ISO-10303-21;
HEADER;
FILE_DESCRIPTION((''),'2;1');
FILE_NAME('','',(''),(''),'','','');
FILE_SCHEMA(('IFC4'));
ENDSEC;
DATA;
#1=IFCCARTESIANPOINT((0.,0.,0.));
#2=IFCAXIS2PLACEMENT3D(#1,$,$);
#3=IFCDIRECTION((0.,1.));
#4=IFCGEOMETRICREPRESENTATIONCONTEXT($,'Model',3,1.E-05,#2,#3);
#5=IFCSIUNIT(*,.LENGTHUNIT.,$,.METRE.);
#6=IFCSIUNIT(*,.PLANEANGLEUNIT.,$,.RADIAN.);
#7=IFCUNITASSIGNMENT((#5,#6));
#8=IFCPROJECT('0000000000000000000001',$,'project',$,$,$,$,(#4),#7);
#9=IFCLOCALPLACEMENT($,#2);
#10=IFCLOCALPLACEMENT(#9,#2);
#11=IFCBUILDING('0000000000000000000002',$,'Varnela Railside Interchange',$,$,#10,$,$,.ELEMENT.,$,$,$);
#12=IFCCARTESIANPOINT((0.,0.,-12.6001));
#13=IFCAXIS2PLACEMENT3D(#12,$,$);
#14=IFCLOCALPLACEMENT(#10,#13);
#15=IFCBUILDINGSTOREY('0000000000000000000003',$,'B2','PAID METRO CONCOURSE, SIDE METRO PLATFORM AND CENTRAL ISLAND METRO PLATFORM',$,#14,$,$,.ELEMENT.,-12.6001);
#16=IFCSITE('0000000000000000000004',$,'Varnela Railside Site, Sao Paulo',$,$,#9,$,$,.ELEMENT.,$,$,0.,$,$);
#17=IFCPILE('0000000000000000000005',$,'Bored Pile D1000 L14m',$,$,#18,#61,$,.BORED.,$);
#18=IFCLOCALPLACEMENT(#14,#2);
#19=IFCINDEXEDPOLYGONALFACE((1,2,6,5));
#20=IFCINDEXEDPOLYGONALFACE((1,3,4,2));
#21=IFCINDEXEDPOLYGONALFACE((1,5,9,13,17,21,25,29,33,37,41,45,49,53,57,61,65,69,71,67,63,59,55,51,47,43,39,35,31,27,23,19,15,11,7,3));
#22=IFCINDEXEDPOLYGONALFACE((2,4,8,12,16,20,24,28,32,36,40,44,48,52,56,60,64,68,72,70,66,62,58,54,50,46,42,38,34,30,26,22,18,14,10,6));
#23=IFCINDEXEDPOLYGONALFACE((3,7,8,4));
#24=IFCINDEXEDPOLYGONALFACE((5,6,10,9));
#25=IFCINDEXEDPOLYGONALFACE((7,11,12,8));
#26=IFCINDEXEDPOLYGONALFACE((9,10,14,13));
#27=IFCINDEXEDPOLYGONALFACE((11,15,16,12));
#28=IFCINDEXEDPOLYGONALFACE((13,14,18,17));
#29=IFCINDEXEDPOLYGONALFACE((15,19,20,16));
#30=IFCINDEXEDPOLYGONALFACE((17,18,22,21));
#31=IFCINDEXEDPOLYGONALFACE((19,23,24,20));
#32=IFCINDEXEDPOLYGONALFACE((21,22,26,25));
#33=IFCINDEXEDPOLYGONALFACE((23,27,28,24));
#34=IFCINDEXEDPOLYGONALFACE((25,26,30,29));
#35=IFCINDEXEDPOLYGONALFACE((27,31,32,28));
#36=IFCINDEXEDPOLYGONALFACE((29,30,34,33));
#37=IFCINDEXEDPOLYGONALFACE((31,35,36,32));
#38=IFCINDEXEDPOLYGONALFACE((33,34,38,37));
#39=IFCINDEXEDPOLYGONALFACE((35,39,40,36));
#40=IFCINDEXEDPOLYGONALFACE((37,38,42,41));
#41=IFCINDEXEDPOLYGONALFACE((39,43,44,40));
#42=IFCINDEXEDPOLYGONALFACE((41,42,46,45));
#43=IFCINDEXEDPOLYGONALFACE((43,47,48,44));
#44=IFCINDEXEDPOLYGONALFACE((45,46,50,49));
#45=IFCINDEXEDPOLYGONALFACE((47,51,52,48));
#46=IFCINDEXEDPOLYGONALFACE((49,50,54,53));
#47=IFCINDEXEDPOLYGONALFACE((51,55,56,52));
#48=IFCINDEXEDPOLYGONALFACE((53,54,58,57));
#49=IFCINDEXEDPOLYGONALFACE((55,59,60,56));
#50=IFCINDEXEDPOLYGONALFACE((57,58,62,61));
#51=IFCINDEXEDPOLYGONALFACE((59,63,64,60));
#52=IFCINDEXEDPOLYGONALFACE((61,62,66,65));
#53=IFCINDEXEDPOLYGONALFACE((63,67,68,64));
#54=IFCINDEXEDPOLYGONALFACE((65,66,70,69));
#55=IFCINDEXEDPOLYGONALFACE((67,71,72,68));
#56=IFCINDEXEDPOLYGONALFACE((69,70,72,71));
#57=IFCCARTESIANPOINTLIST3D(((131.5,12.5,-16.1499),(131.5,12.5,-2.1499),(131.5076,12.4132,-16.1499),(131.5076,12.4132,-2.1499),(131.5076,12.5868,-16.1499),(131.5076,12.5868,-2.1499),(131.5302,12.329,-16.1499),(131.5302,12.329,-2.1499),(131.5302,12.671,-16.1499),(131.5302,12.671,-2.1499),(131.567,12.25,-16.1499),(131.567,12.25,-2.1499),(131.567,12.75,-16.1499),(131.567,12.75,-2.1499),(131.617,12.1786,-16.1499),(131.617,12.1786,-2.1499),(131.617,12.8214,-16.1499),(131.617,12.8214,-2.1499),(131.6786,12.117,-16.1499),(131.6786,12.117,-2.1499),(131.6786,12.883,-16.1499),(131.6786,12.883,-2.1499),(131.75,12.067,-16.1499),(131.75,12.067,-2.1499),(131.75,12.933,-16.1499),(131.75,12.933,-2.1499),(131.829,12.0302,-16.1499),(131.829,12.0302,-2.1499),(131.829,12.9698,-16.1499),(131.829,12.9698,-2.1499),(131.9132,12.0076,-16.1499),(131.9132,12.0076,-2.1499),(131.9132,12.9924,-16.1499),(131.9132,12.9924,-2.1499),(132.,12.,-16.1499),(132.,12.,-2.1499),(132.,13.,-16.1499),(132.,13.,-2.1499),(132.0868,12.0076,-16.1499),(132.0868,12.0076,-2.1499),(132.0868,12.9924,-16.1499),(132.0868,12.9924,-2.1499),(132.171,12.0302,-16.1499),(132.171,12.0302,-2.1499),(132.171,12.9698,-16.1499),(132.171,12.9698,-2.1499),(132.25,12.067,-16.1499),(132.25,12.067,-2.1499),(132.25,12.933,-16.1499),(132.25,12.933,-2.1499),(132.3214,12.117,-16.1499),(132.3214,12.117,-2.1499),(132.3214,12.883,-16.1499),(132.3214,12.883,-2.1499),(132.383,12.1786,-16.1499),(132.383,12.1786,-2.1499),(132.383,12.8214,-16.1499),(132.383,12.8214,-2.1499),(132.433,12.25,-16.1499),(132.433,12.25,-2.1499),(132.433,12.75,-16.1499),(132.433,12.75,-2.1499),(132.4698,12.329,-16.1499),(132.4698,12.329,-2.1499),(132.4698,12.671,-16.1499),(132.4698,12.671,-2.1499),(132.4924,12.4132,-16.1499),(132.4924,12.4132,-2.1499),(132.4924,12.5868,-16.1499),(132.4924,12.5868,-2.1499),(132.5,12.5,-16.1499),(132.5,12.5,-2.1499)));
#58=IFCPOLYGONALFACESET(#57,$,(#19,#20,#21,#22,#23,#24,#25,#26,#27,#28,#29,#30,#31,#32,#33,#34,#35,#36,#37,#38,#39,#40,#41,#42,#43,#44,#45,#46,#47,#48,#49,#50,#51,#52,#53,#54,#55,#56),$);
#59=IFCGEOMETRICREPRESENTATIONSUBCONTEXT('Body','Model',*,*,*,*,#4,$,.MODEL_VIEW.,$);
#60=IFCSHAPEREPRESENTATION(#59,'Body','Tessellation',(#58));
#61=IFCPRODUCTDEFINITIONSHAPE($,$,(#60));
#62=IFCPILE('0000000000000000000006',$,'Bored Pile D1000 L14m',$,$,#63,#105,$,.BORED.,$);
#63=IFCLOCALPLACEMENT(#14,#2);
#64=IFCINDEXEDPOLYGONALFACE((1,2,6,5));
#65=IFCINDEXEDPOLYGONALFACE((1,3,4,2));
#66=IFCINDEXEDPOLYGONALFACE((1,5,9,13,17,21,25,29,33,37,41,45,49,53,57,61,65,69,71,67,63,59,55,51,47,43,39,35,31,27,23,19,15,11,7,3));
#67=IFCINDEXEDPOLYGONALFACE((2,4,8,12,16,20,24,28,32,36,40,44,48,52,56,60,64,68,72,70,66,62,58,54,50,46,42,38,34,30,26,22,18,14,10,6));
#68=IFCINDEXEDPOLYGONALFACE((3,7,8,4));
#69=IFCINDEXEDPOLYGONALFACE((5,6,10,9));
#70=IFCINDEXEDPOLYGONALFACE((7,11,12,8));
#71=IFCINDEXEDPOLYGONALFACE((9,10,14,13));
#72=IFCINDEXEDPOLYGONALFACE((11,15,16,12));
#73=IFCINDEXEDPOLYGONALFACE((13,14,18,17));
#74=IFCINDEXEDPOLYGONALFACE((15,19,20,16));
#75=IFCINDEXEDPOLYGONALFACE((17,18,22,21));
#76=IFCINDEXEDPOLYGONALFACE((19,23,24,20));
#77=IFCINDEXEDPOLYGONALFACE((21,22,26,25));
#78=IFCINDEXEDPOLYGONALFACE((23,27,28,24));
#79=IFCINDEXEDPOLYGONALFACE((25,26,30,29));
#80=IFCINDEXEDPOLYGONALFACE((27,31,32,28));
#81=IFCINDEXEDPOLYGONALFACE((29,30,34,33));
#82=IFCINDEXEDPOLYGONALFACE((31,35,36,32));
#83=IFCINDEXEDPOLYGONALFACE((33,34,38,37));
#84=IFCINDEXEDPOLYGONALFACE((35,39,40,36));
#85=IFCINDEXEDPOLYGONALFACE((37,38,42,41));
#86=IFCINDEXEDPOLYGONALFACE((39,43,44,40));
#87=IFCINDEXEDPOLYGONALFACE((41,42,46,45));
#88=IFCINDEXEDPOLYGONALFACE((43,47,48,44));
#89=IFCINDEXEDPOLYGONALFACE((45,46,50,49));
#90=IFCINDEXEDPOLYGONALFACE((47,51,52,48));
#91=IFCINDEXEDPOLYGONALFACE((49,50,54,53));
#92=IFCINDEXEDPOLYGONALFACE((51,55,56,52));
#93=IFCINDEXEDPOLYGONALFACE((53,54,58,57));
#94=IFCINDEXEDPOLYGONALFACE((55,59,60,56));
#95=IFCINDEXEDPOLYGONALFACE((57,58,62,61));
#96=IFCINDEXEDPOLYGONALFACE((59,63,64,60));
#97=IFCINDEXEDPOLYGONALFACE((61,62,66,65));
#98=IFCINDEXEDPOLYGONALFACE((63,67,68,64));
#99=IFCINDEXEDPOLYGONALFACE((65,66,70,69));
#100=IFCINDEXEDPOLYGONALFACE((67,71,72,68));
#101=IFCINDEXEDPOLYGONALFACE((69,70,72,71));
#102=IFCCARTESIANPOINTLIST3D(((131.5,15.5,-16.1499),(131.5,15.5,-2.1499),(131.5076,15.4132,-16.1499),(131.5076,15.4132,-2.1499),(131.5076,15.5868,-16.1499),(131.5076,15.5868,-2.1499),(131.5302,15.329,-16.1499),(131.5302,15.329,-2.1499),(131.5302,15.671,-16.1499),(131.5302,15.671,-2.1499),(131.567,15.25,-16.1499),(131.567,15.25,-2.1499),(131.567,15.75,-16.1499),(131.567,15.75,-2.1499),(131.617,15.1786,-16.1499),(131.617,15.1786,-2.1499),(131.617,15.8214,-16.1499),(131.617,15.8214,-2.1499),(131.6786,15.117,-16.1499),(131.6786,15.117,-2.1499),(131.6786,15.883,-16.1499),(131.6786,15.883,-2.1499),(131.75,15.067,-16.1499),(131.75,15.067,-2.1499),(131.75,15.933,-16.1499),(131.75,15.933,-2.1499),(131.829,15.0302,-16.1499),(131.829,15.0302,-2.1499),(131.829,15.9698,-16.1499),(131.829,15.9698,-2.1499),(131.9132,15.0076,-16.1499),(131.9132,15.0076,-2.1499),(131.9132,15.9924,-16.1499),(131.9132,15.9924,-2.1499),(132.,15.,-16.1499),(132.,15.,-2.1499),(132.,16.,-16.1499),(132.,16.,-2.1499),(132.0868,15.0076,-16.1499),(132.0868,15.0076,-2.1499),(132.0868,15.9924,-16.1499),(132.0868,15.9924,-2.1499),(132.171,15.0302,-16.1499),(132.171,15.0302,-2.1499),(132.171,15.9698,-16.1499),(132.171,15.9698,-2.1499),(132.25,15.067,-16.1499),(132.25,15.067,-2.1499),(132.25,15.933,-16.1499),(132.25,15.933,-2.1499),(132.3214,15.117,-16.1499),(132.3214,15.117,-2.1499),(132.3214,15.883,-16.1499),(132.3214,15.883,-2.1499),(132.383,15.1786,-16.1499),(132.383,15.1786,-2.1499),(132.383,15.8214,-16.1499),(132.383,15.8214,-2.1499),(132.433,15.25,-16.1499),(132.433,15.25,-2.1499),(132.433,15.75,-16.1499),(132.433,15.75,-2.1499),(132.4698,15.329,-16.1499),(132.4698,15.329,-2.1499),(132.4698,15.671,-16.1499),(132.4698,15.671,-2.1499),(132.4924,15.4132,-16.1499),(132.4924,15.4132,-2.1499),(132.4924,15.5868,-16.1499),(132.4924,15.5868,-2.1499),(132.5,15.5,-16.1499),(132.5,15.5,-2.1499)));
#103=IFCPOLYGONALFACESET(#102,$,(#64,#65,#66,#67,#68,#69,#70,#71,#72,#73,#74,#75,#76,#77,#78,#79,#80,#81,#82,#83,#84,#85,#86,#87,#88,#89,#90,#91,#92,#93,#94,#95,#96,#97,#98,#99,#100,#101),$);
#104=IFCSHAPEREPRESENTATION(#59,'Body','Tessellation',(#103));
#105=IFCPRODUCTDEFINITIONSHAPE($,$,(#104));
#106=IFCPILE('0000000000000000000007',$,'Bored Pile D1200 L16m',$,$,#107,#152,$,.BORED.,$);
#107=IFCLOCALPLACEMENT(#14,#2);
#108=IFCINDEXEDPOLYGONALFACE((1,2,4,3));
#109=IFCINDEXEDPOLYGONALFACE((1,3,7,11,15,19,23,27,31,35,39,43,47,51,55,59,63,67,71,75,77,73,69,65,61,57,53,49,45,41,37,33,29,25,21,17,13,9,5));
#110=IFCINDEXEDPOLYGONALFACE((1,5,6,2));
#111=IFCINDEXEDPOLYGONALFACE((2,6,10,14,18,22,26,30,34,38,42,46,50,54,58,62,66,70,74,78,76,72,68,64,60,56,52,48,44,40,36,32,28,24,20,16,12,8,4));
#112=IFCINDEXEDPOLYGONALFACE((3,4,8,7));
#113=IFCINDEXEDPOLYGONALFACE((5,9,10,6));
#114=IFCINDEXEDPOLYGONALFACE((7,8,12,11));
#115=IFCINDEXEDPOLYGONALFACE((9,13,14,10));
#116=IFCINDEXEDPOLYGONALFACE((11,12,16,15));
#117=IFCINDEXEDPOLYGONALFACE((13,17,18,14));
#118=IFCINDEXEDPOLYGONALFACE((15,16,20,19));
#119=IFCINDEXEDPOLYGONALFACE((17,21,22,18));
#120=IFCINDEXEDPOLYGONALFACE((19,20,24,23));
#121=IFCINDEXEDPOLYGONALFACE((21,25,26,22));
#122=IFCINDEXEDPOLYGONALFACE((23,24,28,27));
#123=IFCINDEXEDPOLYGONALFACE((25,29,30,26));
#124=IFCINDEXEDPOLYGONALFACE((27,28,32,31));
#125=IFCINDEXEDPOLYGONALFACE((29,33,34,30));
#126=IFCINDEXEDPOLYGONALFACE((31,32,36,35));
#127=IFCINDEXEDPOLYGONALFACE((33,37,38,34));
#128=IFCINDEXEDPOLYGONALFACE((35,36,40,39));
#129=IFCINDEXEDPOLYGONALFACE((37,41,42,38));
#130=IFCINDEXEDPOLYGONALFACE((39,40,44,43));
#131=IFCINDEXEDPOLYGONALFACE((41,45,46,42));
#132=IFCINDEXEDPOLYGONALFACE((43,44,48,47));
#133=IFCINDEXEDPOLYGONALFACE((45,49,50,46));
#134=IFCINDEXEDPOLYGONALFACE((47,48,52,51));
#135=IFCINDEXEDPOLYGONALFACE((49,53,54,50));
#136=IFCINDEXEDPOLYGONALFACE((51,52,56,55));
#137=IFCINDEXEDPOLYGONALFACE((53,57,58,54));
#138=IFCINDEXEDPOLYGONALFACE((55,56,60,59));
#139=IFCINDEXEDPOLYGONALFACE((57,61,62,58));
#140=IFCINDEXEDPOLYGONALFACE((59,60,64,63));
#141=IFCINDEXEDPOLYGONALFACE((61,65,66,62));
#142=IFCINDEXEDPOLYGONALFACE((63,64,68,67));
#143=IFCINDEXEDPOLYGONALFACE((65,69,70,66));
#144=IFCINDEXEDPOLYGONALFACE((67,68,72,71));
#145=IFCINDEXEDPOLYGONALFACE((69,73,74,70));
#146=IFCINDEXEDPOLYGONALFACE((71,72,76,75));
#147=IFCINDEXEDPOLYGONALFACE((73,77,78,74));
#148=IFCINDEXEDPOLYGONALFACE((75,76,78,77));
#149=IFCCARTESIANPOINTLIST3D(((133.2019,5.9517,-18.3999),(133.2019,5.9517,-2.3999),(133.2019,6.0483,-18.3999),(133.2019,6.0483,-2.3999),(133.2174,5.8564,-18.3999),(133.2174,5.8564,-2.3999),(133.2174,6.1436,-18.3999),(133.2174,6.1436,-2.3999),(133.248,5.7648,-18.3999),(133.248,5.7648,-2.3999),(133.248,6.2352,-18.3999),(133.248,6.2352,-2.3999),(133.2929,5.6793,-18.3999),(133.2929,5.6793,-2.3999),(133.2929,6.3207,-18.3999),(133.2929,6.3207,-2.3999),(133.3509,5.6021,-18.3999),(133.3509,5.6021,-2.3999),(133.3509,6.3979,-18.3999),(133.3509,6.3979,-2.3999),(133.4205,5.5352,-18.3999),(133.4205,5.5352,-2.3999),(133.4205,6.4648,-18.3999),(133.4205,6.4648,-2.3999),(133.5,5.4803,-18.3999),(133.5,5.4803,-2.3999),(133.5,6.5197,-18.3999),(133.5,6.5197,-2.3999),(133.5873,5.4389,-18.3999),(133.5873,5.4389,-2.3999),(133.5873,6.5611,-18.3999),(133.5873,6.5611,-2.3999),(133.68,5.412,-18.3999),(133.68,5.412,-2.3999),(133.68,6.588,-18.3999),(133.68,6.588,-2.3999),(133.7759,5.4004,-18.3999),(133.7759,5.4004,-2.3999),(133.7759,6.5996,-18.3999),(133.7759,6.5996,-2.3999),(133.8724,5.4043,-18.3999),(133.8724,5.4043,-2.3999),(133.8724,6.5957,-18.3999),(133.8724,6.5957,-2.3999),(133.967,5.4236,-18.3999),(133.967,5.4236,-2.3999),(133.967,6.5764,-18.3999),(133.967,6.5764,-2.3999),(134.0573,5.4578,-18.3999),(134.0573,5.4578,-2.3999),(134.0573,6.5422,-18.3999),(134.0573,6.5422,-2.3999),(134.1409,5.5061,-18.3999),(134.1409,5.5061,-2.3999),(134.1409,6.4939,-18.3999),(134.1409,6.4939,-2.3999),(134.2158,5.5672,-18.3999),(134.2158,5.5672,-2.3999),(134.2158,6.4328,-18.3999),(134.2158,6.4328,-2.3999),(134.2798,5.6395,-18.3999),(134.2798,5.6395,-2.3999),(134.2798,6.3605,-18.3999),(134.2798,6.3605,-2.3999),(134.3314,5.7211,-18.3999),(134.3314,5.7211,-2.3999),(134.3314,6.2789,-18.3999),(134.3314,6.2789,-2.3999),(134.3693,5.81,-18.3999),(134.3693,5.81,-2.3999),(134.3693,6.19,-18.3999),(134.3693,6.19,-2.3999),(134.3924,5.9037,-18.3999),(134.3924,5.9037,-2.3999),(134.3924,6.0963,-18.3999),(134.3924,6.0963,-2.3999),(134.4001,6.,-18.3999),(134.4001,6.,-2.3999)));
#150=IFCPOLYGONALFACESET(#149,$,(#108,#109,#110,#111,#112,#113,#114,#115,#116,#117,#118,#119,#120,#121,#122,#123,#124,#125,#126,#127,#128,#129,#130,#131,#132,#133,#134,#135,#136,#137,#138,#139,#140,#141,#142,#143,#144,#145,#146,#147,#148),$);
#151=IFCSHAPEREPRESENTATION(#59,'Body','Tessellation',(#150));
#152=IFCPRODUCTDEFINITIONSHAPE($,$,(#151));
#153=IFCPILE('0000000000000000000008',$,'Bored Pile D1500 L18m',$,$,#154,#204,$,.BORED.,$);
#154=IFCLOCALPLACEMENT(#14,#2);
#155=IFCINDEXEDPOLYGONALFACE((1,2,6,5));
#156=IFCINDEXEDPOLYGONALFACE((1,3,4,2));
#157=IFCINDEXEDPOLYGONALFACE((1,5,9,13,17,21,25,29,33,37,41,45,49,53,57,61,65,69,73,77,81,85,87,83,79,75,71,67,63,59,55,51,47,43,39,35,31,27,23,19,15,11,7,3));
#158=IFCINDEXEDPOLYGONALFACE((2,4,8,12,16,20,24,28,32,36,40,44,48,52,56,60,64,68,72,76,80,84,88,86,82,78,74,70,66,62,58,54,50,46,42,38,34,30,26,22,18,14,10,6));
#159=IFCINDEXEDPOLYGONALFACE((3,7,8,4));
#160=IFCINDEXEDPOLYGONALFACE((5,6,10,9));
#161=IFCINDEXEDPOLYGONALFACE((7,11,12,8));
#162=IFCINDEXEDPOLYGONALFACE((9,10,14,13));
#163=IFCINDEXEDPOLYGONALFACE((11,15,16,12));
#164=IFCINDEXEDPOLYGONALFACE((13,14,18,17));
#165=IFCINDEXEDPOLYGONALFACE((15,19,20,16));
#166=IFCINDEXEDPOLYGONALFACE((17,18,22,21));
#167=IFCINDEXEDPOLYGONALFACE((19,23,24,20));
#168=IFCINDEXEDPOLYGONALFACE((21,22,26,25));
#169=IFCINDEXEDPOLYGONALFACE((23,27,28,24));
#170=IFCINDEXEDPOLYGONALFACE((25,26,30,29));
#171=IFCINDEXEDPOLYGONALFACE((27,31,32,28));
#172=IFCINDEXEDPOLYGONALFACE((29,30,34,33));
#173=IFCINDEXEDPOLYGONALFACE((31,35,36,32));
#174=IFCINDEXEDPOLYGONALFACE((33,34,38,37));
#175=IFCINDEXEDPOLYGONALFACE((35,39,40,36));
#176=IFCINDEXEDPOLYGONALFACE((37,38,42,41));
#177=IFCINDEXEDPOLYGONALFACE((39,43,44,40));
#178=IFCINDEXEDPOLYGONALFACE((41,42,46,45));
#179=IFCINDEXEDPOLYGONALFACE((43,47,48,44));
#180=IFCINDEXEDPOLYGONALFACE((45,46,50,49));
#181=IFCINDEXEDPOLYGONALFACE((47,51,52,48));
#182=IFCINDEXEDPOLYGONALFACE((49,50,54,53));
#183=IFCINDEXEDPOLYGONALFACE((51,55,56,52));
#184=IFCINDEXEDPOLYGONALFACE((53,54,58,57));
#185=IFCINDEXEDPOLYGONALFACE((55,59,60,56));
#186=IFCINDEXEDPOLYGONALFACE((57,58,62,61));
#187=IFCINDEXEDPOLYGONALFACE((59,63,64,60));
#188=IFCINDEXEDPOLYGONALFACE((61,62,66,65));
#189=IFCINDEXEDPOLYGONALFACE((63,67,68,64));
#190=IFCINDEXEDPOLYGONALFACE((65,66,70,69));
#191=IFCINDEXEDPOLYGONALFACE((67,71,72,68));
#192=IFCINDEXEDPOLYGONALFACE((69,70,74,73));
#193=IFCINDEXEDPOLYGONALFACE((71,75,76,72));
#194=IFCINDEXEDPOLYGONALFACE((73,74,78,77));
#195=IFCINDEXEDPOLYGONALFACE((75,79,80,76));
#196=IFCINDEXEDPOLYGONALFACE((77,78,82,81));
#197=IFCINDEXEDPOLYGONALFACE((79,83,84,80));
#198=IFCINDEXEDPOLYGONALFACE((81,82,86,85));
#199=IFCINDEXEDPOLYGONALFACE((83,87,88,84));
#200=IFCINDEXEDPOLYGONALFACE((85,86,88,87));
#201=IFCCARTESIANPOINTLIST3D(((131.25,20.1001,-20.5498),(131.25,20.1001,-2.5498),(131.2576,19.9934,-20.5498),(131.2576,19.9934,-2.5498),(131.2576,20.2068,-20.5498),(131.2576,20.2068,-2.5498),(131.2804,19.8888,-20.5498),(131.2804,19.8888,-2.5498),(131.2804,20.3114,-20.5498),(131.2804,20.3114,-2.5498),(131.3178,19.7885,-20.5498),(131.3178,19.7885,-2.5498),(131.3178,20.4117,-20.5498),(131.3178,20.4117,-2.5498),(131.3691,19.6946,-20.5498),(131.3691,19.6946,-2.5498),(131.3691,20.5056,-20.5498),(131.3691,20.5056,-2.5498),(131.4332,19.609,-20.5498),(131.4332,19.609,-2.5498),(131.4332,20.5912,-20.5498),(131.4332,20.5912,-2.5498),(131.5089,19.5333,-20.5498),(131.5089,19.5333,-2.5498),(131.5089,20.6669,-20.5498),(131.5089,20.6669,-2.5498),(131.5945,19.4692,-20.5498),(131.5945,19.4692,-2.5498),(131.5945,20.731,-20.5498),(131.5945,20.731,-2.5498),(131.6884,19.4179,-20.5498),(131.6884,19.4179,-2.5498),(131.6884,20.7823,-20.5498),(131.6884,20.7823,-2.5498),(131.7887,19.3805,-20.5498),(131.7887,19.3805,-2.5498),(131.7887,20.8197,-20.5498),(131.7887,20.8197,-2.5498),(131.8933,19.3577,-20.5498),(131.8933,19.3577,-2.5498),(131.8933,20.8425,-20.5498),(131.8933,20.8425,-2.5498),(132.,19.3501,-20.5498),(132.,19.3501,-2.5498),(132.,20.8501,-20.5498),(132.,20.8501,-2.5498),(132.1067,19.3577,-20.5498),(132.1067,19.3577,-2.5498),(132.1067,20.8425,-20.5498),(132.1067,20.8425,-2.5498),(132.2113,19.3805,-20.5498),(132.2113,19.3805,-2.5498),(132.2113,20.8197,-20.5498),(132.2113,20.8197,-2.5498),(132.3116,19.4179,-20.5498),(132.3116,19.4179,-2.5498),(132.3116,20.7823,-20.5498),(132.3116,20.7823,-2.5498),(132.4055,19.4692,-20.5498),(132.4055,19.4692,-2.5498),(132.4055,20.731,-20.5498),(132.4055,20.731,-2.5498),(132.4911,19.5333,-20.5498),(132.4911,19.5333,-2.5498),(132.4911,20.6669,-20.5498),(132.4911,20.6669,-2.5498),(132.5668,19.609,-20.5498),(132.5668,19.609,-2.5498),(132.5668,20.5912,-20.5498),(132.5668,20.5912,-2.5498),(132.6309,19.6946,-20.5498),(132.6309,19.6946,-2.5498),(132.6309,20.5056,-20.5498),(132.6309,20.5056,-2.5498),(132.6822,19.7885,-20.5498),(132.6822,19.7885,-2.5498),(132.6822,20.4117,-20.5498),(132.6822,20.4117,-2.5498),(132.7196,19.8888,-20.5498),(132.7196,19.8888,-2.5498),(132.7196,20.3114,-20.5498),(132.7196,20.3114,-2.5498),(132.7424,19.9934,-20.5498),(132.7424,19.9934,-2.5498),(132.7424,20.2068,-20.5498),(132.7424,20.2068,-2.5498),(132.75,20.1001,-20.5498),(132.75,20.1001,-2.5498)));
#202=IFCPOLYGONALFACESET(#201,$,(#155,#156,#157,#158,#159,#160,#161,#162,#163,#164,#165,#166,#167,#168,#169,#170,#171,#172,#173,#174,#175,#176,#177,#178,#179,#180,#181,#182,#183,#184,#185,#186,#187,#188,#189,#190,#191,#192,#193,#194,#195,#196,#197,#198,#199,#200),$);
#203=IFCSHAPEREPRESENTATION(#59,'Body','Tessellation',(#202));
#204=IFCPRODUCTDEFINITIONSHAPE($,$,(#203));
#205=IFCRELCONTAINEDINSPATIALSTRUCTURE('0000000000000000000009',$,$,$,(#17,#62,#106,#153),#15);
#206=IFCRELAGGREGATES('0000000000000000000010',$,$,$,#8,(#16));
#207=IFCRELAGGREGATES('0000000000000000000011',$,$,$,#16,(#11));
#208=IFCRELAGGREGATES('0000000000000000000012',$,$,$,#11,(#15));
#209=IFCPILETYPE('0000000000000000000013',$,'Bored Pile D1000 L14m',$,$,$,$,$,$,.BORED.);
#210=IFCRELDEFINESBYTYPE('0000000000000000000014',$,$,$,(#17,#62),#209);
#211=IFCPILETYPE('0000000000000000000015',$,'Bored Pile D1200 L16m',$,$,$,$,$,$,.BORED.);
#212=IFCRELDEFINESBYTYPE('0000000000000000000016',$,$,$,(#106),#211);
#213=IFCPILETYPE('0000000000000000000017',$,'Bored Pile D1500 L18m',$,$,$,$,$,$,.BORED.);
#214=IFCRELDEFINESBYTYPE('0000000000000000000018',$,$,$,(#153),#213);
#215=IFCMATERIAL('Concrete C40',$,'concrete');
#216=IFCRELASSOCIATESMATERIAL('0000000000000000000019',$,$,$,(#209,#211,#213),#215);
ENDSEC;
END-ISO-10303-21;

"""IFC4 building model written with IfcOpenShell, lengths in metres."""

from ifc_helpers import new_model, si_unit, direction, frame, origin, origin_2d, place, context, subcontext, project, spatial, circle, extrude, material, material_profile, profile_set, type_object, element, save


model = new_model("IFC4")

# Units and contexts
model_context = context("Model", 3, precision=1e-05, world=origin(), true_north=direction((0.0, 1.0)))
body_context = subcontext(model_context, "Body", "Model", "MODEL_VIEW")
ifc_project = project(units=[si_unit("LENGTHUNIT", "METRE"), si_unit("PLANEANGLEUNIT", "RADIAN")], contexts=[model_context])

# Site, building, storey
site_placement = place(None, origin())
site = spatial("IfcSite", under=ifc_project, at=site_placement, Name="Varnela Railside Site, Sao Paulo", CompositionType="ELEMENT", RefElevation=0.0)
building_placement = place(site_placement, origin())
building = spatial("IfcBuilding", under=site, at=building_placement, Name="Varnela Railside Interchange", CompositionType="ELEMENT")
storey_placement = place(building_placement, frame((0.0, 0.0, -12.6001)))
storey = spatial("IfcBuildingStorey", under=building, at=storey_placement, Name="B2", Description="PAID METRO CONCOURSE, SIDE METRO PLATFORM AND CENTRAL ISLAND METRO PLATFORM", CompositionType="ELEMENT", Elevation=-12.6001)

# Piles
ifc_material_1 = material(Name="Concrete C40", Category="concrete")
ifc_material_profile_1 = material_profile(ifc_material_1, circle(Radius=0.5, at=origin_2d()), Name="BORED PILE D1000")
ifc_profile_set_1 = profile_set([ifc_material_profile_1], Name="Concrete C40")
pile_type_1 = type_object("IfcPileType", Name="Bored Pile D1000 L14m", PredefinedType="BORED", material=ifc_profile_set_1)
for number, where, z_axis, x_axis, name in (
    (1, (132.0, 12.5, -2.1499), (0.0, 0.0, -1.0), (1.0, 0.0, 0.0), "Bored Pile D1000 L14m"),
    (2, (132.0, 15.5, -2.1499), (0.0, 0.0, -1.0), (1.0, 0.0, 0.0), "Bored Pile D1000 L14m"),
):
    element("IfcPile", number, at=place(storey_placement, frame(where, z_axis=z_axis, x_axis=x_axis)), inside=storey, type_object=pile_type_1, Name=name, PredefinedType="BORED", context=body_context, shape_type="SweptSolid", body=[
        extrude(circle(Radius=0.5, at=origin_2d()), origin(), (0.0, 0.0, 1.0), 14.0),
    ])
ifc_material_profile_2 = material_profile(ifc_material_1, circle(Radius=0.6001, at=origin_2d()), Name="BORED PILE D1200")
ifc_profile_set_2 = profile_set([ifc_material_profile_2], Name="Concrete C40")
pile_type_2 = type_object("IfcPileType", Name="Bored Pile D1200 L16m", PredefinedType="BORED", material=ifc_profile_set_2)
pile_placement = place(storey_placement, frame((133.8, 6.0, -2.3999), z_axis=(0.0, 0.0, -1.0), x_axis=(1.0, 0.0, 0.0)))
element("IfcPile", 3, at=pile_placement, inside=storey, type_object=pile_type_2, Name="Bored Pile D1200 L16m", PredefinedType="BORED", context=body_context, shape_type="SweptSolid", body=[
    extrude(circle(Radius=0.6001, at=origin_2d()), origin(), (0.0, 0.0, 1.0), 16.0),
])
ifc_material_profile_3 = material_profile(ifc_material_1, circle(Radius=0.75, at=origin_2d()), Name="BORED PILE D1500")
ifc_profile_set_3 = profile_set([ifc_material_profile_3], Name="Concrete C40")
pile_type_3 = type_object("IfcPileType", Name="Bored Pile D1500 L18m", PredefinedType="BORED", material=ifc_profile_set_3)
for number, where, z_axis, x_axis, name in (
    (4, (132.0, 20.1001, -2.5498), (0.0, 0.0, -1.0), (1.0, 0.0, 0.0), "Bored Pile D1500 L18m"),
):
    element("IfcPile", number, at=place(storey_placement, frame(where, z_axis=z_axis, x_axis=x_axis)), inside=storey, type_object=pile_type_3, Name=name, PredefinedType="BORED", context=body_context, shape_type="SweptSolid", body=[
        extrude(circle(Radius=0.75, at=origin_2d()), origin(), (0.0, 0.0, 1.0), 18.0),
    ])

save(model, "model.ifc")
